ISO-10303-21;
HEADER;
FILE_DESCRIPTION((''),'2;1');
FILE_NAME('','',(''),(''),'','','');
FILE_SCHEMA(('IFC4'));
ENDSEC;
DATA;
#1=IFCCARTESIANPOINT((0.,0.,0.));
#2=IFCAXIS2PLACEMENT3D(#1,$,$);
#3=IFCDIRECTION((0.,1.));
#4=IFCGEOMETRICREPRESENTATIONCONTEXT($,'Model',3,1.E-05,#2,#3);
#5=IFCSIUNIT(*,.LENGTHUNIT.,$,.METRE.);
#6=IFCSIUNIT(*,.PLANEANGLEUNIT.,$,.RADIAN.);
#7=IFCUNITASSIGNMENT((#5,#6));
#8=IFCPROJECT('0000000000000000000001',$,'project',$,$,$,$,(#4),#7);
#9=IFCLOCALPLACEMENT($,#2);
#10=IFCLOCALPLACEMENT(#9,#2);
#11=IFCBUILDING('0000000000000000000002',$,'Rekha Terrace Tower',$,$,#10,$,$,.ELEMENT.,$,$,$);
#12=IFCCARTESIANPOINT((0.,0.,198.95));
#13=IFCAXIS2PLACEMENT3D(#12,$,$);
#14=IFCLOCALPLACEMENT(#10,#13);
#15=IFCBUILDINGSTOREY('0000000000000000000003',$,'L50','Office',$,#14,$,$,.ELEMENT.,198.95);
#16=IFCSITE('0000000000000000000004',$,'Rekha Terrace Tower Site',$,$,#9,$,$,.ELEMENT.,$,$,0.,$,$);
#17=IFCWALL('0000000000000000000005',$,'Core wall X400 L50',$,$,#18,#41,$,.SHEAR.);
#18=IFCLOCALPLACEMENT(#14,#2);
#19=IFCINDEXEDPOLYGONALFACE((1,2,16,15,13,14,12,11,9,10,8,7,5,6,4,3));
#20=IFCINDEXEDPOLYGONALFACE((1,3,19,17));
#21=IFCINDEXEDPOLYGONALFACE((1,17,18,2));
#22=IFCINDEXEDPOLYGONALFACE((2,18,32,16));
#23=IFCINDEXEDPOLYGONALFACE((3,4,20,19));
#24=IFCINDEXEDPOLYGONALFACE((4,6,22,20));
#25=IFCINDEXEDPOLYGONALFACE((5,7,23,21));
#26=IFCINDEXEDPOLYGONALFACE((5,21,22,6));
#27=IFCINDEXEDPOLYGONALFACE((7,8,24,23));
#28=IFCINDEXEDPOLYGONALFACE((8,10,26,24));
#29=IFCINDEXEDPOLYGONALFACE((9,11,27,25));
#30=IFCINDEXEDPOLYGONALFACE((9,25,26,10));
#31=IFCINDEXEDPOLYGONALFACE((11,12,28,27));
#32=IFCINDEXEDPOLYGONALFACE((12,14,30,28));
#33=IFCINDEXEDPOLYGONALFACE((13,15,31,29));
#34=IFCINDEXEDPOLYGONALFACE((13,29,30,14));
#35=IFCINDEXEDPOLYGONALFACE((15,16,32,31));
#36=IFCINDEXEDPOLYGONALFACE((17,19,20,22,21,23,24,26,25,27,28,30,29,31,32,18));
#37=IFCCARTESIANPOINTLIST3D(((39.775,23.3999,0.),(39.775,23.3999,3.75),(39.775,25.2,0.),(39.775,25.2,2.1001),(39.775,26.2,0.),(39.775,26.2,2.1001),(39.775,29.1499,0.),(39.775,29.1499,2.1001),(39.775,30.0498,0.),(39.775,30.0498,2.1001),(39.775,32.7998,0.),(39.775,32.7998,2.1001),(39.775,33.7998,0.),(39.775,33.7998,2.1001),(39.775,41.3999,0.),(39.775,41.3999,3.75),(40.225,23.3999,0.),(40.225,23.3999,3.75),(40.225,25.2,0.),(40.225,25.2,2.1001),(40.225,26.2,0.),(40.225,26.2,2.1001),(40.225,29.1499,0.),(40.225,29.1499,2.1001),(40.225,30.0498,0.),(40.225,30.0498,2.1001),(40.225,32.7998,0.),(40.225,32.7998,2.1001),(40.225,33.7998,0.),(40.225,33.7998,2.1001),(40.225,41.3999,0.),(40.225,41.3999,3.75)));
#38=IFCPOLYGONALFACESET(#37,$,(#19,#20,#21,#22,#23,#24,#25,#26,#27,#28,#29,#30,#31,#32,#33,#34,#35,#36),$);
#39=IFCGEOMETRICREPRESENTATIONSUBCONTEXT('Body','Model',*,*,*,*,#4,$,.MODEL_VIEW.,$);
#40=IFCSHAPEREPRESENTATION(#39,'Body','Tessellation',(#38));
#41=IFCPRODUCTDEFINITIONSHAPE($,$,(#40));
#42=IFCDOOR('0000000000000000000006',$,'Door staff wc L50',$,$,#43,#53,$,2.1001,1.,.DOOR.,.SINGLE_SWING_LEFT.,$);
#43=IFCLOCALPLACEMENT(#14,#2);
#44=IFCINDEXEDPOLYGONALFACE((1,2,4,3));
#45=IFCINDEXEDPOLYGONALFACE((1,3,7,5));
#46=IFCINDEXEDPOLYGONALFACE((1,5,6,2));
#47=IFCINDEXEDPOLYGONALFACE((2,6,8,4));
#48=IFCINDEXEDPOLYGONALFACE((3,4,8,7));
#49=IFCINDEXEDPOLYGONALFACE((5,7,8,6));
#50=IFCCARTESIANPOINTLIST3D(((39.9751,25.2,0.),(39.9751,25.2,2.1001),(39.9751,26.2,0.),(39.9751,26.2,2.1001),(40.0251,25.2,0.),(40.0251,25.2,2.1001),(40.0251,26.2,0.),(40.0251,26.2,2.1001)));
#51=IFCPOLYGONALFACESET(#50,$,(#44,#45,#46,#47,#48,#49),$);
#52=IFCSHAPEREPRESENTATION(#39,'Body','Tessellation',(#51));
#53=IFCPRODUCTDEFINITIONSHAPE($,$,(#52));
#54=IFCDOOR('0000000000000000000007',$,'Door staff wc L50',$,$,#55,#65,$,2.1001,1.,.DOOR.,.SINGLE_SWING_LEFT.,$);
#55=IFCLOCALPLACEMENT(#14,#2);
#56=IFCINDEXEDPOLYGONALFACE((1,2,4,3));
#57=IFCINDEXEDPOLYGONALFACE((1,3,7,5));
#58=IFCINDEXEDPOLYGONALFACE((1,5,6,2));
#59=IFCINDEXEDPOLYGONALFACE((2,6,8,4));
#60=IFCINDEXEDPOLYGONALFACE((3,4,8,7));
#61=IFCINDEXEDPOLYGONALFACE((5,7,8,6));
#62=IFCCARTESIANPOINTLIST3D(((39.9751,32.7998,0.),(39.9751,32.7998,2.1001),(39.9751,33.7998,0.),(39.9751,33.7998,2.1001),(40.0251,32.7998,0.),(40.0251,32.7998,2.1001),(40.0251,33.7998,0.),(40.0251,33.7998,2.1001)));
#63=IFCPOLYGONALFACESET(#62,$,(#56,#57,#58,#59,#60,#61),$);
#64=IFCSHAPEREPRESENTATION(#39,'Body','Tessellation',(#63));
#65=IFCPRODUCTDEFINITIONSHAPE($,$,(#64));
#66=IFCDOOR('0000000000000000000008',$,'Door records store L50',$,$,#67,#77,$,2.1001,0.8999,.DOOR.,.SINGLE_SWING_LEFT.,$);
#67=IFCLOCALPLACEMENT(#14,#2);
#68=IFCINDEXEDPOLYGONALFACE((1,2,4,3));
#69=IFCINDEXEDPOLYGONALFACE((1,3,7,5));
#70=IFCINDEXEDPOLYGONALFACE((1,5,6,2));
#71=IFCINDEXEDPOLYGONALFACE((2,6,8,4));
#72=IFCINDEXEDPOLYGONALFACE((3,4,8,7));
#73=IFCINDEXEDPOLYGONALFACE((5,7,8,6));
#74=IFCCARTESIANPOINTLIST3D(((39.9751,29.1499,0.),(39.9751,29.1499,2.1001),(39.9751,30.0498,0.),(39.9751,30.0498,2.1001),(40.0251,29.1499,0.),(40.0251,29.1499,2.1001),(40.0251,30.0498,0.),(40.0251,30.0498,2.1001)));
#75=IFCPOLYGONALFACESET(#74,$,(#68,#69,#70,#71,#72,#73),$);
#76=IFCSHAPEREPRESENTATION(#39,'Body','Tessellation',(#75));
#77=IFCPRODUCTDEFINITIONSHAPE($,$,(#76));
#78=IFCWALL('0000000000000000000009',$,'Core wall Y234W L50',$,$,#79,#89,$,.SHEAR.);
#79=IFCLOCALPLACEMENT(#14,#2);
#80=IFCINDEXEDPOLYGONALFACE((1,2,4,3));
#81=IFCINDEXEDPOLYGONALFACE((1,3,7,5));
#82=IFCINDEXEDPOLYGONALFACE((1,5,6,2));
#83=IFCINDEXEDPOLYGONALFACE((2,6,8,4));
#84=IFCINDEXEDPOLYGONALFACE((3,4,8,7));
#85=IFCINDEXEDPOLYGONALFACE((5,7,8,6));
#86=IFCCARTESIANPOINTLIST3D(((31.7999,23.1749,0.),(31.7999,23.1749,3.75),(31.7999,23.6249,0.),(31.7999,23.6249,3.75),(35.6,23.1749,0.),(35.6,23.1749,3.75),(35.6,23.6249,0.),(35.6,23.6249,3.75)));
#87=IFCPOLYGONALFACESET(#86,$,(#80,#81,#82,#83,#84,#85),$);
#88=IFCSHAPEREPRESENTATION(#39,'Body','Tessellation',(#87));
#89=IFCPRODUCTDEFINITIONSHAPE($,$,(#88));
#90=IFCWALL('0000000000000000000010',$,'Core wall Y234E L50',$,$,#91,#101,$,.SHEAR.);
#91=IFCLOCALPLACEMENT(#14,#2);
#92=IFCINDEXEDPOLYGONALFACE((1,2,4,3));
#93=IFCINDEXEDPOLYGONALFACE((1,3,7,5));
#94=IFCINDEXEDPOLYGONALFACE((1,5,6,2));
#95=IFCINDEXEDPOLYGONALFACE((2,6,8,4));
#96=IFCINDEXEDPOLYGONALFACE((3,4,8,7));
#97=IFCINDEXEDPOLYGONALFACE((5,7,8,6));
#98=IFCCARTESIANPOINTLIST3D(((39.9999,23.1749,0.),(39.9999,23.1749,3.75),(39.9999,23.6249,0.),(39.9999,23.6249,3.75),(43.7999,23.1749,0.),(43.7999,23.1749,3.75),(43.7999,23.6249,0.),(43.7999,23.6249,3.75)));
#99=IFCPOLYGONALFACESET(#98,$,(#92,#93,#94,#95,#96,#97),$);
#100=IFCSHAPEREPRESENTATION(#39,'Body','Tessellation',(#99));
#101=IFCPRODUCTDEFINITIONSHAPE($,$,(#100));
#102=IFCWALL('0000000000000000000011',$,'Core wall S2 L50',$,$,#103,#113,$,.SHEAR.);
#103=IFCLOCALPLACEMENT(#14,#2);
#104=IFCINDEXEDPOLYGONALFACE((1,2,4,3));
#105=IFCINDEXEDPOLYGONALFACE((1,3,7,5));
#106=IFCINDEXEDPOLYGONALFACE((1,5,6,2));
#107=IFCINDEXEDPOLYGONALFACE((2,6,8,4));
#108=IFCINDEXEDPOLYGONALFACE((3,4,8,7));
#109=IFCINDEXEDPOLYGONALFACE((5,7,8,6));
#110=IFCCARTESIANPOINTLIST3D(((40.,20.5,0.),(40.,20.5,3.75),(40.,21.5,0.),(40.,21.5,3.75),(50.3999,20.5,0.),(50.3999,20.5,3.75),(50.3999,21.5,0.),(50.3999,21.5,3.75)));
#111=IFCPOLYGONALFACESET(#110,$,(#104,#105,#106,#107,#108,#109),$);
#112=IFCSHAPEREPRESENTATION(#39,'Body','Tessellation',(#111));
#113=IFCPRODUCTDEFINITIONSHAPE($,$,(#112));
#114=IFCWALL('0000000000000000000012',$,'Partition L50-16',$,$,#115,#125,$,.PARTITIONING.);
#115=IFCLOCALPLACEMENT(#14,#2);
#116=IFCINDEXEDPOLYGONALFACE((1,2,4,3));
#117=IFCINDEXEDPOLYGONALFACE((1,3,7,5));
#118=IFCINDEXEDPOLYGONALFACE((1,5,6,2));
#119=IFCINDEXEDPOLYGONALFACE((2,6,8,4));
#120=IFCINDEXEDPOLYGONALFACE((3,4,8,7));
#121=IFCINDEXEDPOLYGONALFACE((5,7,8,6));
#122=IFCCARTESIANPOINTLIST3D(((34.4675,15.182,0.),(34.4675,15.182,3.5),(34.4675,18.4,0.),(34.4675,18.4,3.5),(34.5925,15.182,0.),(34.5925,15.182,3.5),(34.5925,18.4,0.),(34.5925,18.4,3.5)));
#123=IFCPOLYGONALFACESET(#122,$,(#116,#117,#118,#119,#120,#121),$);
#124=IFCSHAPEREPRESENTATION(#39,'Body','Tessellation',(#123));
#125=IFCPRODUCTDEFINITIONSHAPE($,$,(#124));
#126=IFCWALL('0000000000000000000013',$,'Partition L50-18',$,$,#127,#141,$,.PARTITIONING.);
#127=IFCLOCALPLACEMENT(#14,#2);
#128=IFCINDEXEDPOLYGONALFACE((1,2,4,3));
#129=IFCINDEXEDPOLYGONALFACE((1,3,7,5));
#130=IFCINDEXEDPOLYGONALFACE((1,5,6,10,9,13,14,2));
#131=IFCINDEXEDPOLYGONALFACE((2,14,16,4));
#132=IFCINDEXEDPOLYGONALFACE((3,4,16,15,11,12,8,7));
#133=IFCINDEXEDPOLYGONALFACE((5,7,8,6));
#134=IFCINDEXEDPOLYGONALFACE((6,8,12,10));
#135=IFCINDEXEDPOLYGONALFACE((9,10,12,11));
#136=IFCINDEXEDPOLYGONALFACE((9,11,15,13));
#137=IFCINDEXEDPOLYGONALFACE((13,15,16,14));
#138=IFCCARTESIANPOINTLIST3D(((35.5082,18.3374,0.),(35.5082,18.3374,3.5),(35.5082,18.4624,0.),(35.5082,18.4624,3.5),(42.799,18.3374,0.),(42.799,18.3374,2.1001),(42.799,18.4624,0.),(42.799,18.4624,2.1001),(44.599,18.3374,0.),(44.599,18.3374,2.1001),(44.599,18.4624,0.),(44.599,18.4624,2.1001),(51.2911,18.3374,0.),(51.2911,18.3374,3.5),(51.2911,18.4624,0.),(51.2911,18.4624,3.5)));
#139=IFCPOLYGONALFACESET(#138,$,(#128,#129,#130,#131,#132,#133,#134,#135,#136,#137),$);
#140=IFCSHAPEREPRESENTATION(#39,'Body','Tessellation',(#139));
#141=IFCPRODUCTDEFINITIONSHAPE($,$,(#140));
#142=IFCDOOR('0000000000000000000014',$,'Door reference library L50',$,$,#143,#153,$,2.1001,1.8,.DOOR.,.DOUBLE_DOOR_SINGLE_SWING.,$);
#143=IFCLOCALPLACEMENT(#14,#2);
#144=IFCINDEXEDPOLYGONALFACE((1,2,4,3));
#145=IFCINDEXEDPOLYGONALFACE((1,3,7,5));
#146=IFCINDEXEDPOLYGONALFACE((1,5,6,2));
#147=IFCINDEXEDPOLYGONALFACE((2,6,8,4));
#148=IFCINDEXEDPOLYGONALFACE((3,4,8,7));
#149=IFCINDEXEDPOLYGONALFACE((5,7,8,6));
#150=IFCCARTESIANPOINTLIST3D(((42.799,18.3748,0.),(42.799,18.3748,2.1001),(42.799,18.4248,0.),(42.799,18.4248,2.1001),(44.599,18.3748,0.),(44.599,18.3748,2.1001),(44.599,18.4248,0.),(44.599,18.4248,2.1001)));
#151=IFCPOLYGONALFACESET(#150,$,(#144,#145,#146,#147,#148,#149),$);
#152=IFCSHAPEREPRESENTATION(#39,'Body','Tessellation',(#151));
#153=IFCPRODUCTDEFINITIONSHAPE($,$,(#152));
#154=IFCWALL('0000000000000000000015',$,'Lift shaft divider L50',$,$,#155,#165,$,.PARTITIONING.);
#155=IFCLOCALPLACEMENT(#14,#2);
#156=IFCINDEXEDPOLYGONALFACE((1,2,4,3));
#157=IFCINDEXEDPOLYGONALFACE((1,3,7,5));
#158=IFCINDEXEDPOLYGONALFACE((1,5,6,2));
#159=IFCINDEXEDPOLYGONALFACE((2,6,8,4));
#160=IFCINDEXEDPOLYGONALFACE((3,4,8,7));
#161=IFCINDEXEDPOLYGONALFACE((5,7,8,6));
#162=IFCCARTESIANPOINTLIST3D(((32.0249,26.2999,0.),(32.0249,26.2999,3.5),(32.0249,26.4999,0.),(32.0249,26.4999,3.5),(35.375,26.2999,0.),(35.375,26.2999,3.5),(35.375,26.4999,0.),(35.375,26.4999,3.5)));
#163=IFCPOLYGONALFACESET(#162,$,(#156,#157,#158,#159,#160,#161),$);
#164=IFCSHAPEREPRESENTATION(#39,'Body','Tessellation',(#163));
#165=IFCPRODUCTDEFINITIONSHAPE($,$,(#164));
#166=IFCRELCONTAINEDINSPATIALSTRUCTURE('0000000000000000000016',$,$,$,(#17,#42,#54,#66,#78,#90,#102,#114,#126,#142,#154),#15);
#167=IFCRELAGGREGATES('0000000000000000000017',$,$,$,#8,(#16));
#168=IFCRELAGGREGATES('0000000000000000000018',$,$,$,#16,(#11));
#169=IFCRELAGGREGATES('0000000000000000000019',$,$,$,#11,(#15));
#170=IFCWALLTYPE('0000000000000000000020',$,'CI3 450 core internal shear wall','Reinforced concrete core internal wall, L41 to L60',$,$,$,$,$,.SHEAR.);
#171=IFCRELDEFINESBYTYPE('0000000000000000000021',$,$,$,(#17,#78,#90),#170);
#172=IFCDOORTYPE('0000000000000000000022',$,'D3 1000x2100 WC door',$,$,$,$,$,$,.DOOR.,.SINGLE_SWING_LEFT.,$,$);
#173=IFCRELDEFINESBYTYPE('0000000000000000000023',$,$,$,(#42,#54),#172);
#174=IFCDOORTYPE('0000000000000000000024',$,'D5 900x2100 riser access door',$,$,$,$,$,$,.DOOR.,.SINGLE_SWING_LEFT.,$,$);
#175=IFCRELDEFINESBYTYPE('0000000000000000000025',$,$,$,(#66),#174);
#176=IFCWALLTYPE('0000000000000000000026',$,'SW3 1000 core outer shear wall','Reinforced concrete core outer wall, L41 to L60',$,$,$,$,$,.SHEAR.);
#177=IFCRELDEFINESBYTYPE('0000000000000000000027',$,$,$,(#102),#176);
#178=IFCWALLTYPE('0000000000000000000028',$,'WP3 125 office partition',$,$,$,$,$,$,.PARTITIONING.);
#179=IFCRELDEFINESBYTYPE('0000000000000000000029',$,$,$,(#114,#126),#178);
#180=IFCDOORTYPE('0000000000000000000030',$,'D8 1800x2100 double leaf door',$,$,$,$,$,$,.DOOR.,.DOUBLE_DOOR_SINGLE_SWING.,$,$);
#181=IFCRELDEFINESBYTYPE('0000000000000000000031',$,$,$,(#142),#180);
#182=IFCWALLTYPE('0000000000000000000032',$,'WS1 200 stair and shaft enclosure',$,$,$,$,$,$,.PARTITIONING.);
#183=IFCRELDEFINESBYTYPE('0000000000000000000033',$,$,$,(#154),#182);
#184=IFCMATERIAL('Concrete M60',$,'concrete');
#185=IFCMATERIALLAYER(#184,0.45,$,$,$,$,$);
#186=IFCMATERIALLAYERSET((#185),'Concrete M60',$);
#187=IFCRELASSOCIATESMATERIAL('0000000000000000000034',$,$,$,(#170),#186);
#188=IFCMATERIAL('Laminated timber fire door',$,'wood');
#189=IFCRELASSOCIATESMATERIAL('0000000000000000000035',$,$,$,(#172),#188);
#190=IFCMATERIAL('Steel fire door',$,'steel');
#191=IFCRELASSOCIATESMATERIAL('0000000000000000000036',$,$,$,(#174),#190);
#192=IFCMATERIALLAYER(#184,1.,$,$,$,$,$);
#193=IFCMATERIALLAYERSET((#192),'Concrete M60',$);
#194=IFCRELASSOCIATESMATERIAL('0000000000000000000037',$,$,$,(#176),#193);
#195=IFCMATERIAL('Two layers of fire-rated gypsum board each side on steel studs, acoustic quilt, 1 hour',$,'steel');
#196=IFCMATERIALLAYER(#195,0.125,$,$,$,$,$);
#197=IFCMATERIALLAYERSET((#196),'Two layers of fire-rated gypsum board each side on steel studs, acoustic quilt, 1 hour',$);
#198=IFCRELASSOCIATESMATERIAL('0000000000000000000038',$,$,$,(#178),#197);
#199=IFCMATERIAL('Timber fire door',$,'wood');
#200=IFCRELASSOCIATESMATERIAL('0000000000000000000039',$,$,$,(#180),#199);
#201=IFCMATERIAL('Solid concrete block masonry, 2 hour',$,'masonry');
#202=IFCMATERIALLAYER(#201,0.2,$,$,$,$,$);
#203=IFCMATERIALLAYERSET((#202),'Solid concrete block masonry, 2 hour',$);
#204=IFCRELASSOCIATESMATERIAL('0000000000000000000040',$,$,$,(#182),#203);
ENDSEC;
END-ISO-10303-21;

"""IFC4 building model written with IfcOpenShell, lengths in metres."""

from ifc_helpers import new_model, si_unit, direction, frame, frame_2d, origin, place, context, subcontext, project, spatial, rectangle, extrude, material, layer, layer_set, type_object, element, fill, save


model = new_model("IFC4")

# Units and contexts
model_context = context("Model", 3, precision=1e-05, world=origin(), true_north=direction((0.0, 1.0)))
body_context = subcontext(model_context, "Body", "Model", "MODEL_VIEW")
ifc_project = project(units=[si_unit("LENGTHUNIT", "METRE"), si_unit("PLANEANGLEUNIT", "RADIAN")], contexts=[model_context])

# Site, building, storey
site_placement = place(None, origin())
site = spatial("IfcSite", under=ifc_project, at=site_placement, Name="Rekha Terrace Tower Site", CompositionType="ELEMENT", RefElevation=0.0)
building_placement = place(site_placement, origin())
building = spatial("IfcBuilding", under=site, at=building_placement, Name="Rekha Terrace Tower", CompositionType="ELEMENT")
storey_placement = place(building_placement, frame((0.0, 0.0, 198.95)))
storey = spatial("IfcBuildingStorey", under=building, at=storey_placement, Name="L50", Description="Office", CompositionType="ELEMENT", Elevation=198.95)

# Shared definitions
ifc_material_1 = material(Name="Concrete M60", Category="concrete")

# Shared definitions
ifc_layer_1 = layer(ifc_material_1, 0.45)
ifc_layer_set_1 = layer_set([ifc_layer_1], Name="Concrete M60")
wall_type_1 = type_object("IfcWallType", Name="CI3 450 core internal shear wall", Description="Reinforced concrete core internal wall, L41 to L60", PredefinedType="SHEAR", material=ifc_layer_set_1)

# Wall, openings, doors
wall_1_placement = place(storey_placement, frame((40.0, 23.3999, 0.0), z_axis=(0.0, 0.0, 1.0), x_axis=(0.0, 1.0, 0.0)))
wall_1 = element("IfcWall", 1, at=wall_1_placement, inside=storey, type_object=wall_type_1, Name="Core wall X400 L50", PredefinedType="SHEAR", context=body_context, shape_type="SweptSolid", body=[
    extrude(rectangle(XDim=18.0, YDim=0.45, at=frame_2d((9.0, 0.0))), origin(), (0.0, 0.0, 1.0), 3.75),
])
opening_1_placement = place(wall_1_placement, frame((1.8, 0.0, 0.0)))
opening_1 = element("IfcOpeningElement", 2, at=opening_1_placement, cuts=wall_1, PredefinedType="OPENING", context=body_context, shape_type="SweptSolid", body=[
    extrude(rectangle(XDim=1.0, YDim=2.1001, at=frame_2d((0.5, 1.05))), frame((0.0, 0.2349, 0.0), z_axis=(0.0, -1.0, 0.0), x_axis=(1.0, 0.0, 0.0)), (0.0, 0.0, 1.0), 0.47),
])
opening_2_placement = place(wall_1_placement, frame((5.75, 0.0, 0.0)))
opening_2 = element("IfcOpeningElement", 3, at=opening_2_placement, cuts=wall_1, PredefinedType="OPENING", context=body_context, shape_type="SweptSolid", body=[
    extrude(rectangle(XDim=0.8999, YDim=2.1001, at=frame_2d((0.45, 1.05))), frame((0.0, 0.2349, 0.0), z_axis=(0.0, -1.0, 0.0), x_axis=(1.0, 0.0, 0.0)), (0.0, 0.0, 1.0), 0.47),
])
opening_3_placement = place(wall_1_placement, frame((9.3999, 0.0, 0.0)))
opening_3 = element("IfcOpeningElement", 4, at=opening_3_placement, cuts=wall_1, PredefinedType="OPENING", context=body_context, shape_type="SweptSolid", body=[
    extrude(rectangle(XDim=1.0, YDim=2.1001, at=frame_2d((0.5, 1.05))), frame((0.0, 0.2349, 0.0), z_axis=(0.0, -1.0, 0.0), x_axis=(1.0, 0.0, 0.0)), (0.0, 0.0, 1.0), 0.47),
])
ifc_material_2 = material(Name="Laminated timber fire door", Category="wood")
door_type_1 = type_object("IfcDoorType", Name="D3 1000x2100 WC door", OperationType="SINGLE_SWING_LEFT", PredefinedType="DOOR", material=ifc_material_2)
door_1_placement = place(opening_1_placement, origin())
door_1 = element("IfcDoor", 5, at=door_1_placement, inside=storey, type_object=door_type_1, Name="Door staff wc L50", OperationType="SINGLE_SWING_LEFT", OverallHeight=2.1001, OverallWidth=1.0, PredefinedType="DOOR", context=body_context, shape_type="SweptSolid", body=[
    extrude(rectangle(XDim=1.0, YDim=2.1001, at=frame_2d((0.5, 1.05))), frame((0.0, 0.0249, 0.0), z_axis=(0.0, -1.0, 0.0), x_axis=(1.0, 0.0, 0.0)), (0.0, 0.0, 1.0), 0.05),
])
fill(opening_1, door_1)
door_2_placement = place(opening_3_placement, origin())
door_2 = element("IfcDoor", 6, at=door_2_placement, inside=storey, type_object=door_type_1, Name="Door staff wc L50", OperationType="SINGLE_SWING_LEFT", OverallHeight=2.1001, OverallWidth=1.0, PredefinedType="DOOR", context=body_context, shape_type="SweptSolid", body=[
    extrude(rectangle(XDim=1.0, YDim=2.1001, at=frame_2d((0.5, 1.05))), frame((0.0, 0.0249, 0.0), z_axis=(0.0, -1.0, 0.0), x_axis=(1.0, 0.0, 0.0)), (0.0, 0.0, 1.0), 0.05),
])
fill(opening_3, door_2)
ifc_material_3 = material(Name="Steel fire door", Category="steel")
door_type_2 = type_object("IfcDoorType", Name="D5 900x2100 riser access door", OperationType="SINGLE_SWING_LEFT", PredefinedType="DOOR", material=ifc_material_3)
door_3_placement = place(opening_2_placement, origin())
door_3 = element("IfcDoor", 7, at=door_3_placement, inside=storey, type_object=door_type_2, Name="Door records store L50", OperationType="SINGLE_SWING_LEFT", OverallHeight=2.1001, OverallWidth=0.8999, PredefinedType="DOOR", context=body_context, shape_type="SweptSolid", body=[
    extrude(rectangle(XDim=0.8999, YDim=2.1001, at=frame_2d((0.45, 1.05))), frame((0.0, 0.0249, 0.0), z_axis=(0.0, -1.0, 0.0), x_axis=(1.0, 0.0, 0.0)), (0.0, 0.0, 1.0), 0.05),
])
fill(opening_2, door_3)

# Walls
for number, where, z_axis, x_axis, name in (
    (8, (31.8, 23.3999, 0.0), (0.0, 0.0, 1.0), (1.0, 0.0, 0.0), "Core wall Y234W L50"),
    (9, (40.0, 23.3999, 0.0), (0.0, 0.0, 1.0), (1.0, 0.0, 0.0), "Core wall Y234E L50"),
):
    element("IfcWall", number, at=place(storey_placement, frame(where, z_axis=z_axis, x_axis=x_axis)), inside=storey, type_object=wall_type_1, Name=name, PredefinedType="SHEAR", context=body_context, shape_type="SweptSolid", body=[
        extrude(rectangle(XDim=3.8, YDim=0.45, at=frame_2d((1.8999, 0.0))), origin(), (0.0, 0.0, 1.0), 3.75),
    ])
ifc_layer_2 = layer(ifc_material_1, 1.0)
ifc_layer_set_2 = layer_set([ifc_layer_2], Name="Concrete M60")
wall_type_2 = type_object("IfcWallType", Name="SW3 1000 core outer shear wall", Description="Reinforced concrete core outer wall, L41 to L60", PredefinedType="SHEAR", material=ifc_layer_set_2)
wall_2_placement = place(storey_placement, frame((40.0, 21.0, 0.0), z_axis=(0.0, 0.0, 1.0), x_axis=(1.0, 0.0, 0.0)))
element("IfcWall", 10, at=wall_2_placement, inside=storey, type_object=wall_type_2, Name="Core wall S2 L50", PredefinedType="SHEAR", context=body_context, shape_type="SweptSolid", body=[
    extrude(rectangle(XDim=10.3999, YDim=1.0, at=frame_2d((5.2, 0.0))), origin(), (0.0, 0.0, 1.0), 3.75),
])
ifc_material_4 = material(Name="Two layers of fire-rated gypsum board each side on steel studs, acoustic quilt, 1 hour", Category="steel")
ifc_layer_3 = layer(ifc_material_4, 0.125)
ifc_layer_set_3 = layer_set([ifc_layer_3], Name="Two layers of fire-rated gypsum board each side on steel studs, acoustic quilt, 1 hour")
wall_type_3 = type_object("IfcWallType", Name="WP3 125 office partition", PredefinedType="PARTITIONING", material=ifc_layer_set_3)
wall_3_placement = place(storey_placement, frame((34.53, 18.3999, 0.0), z_axis=(0.0, 0.0, 1.0), x_axis=(0.0, -1.0, 0.0)))
element("IfcWall", 11, at=wall_3_placement, inside=storey, type_object=wall_type_3, Name="Partition L50-16", PredefinedType="PARTITIONING", context=body_context, shape_type="SweptSolid", body=[
    extrude(rectangle(XDim=3.218, YDim=0.125, at=frame_2d((1.6089, 0.0))), origin(), (0.0, 0.0, 1.0), 3.5),
])

# Wall, opening, door
wall_4_placement = place(storey_placement, frame((35.5081, 18.3999, 0.0), z_axis=(0.0, 0.0, 1.0), x_axis=(1.0, 0.0, 0.0)))
wall_4 = element("IfcWall", 12, at=wall_4_placement, inside=storey, type_object=wall_type_3, Name="Partition L50-18", PredefinedType="PARTITIONING", context=body_context, shape_type="SweptSolid", body=[
    extrude(rectangle(XDim=15.783, YDim=0.125, at=frame_2d((7.8916, 0.0))), origin(), (0.0, 0.0, 1.0), 3.5),
])
opening_4_placement = place(wall_4_placement, frame((7.291, 0.0, 0.0)))
opening_4 = element("IfcOpeningElement", 13, at=opening_4_placement, cuts=wall_4, PredefinedType="OPENING", context=body_context, shape_type="SweptSolid", body=[
    extrude(rectangle(XDim=1.8, YDim=2.1001, at=frame_2d((0.8999, 1.05))), frame((0.0, 0.0725, 0.0), z_axis=(0.0, -1.0, 0.0), x_axis=(1.0, 0.0, 0.0)), (0.0, 0.0, 1.0), 0.145),
])
ifc_material_5 = material(Name="Timber fire door", Category="wood")
door_type_3 = type_object("IfcDoorType", Name="D8 1800x2100 double leaf door", OperationType="DOUBLE_DOOR_SINGLE_SWING", PredefinedType="DOOR", material=ifc_material_5)
door_4_placement = place(opening_4_placement, origin())
door_4 = element("IfcDoor", 14, at=door_4_placement, inside=storey, type_object=door_type_3, Name="Door reference library L50", OperationType="DOUBLE_DOOR_SINGLE_SWING", OverallHeight=2.1001, OverallWidth=1.8, PredefinedType="DOOR", context=body_context, shape_type="SweptSolid", body=[
    extrude(rectangle(XDim=1.8, YDim=2.1001, at=frame_2d((0.8999, 1.05))), frame((0.0, 0.0249, 0.0), z_axis=(0.0, -1.0, 0.0), x_axis=(1.0, 0.0, 0.0)), (0.0, 0.0, 1.0), 0.05),
])
fill(opening_4, door_4)

# Wall
ifc_material_6 = material(Name="Solid concrete block masonry, 2 hour", Category="masonry")
ifc_layer_4 = layer(ifc_material_6, 0.2)
ifc_layer_set_4 = layer_set([ifc_layer_4], Name="Solid concrete block masonry, 2 hour")
wall_type_4 = type_object("IfcWallType", Name="WS1 200 stair and shaft enclosure", PredefinedType="PARTITIONING", material=ifc_layer_set_4)
wall_5_placement = place(storey_placement, frame((32.0249, 26.3999, 0.0), z_axis=(0.0, 0.0, 1.0), x_axis=(1.0, 0.0, 0.0)))
element("IfcWall", 15, at=wall_5_placement, inside=storey, type_object=wall_type_4, Name="Lift shaft divider L50", PredefinedType="PARTITIONING", context=body_context, shape_type="SweptSolid", body=[
    extrude(rectangle(XDim=3.3501, YDim=0.2, at=frame_2d((1.675, 0.0))), origin(), (0.0, 0.0, 1.0), 3.5),
])

save(model, "model.ifc")
